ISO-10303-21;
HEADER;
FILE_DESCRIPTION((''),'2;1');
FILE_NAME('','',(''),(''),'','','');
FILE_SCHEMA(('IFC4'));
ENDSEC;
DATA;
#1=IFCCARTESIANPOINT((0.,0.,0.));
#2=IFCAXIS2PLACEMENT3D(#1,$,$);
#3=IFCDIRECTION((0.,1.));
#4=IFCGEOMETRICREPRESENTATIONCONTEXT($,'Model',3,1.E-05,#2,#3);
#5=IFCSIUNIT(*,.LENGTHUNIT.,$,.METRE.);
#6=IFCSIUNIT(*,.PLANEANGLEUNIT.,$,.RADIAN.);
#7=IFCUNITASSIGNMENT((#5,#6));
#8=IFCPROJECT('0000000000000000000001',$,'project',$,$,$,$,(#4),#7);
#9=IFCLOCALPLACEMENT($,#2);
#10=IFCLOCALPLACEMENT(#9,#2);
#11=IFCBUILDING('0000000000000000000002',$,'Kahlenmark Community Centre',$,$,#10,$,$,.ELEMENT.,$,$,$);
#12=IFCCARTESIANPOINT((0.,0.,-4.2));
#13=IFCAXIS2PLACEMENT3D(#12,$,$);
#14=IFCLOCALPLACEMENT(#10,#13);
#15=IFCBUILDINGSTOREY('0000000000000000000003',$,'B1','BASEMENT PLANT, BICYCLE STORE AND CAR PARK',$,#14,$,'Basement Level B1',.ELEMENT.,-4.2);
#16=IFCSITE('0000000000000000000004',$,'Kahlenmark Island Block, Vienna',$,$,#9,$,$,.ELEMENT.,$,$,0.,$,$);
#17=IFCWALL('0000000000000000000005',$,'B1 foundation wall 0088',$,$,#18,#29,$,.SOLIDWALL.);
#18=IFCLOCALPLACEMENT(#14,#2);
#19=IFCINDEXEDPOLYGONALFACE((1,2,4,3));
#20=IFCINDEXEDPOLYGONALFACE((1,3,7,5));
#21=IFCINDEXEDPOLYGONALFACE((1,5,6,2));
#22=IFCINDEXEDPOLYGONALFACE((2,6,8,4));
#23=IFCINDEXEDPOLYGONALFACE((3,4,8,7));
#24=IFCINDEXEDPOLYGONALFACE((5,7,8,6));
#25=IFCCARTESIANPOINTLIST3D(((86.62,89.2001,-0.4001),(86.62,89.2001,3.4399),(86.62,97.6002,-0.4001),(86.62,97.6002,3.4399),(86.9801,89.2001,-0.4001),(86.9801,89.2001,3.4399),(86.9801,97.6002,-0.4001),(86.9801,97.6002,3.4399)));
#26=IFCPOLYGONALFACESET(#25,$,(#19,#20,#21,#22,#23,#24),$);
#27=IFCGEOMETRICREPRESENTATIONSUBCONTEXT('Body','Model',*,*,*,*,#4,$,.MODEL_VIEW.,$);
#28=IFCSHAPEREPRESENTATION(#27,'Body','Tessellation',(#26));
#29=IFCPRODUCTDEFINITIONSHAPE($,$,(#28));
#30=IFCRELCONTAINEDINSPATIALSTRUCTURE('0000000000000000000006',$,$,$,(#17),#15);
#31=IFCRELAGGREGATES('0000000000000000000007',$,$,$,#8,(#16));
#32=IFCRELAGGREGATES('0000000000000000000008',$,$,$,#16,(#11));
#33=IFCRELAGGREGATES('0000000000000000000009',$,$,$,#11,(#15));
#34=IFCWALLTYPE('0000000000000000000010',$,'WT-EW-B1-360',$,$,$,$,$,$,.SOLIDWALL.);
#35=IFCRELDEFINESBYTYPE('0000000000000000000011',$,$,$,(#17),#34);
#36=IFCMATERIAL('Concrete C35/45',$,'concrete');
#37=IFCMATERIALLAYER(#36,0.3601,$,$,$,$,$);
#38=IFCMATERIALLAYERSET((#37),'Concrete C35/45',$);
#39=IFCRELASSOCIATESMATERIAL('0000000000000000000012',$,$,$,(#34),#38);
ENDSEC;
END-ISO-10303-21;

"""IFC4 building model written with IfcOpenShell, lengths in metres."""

from ifc_helpers import new_model, si_unit, direction, frame, frame_2d, origin, place, context, subcontext, project, spatial, rectangle, extrude, material, layer, layer_set, type_object, element, save


model = new_model("IFC4")

# Units and contexts
model_context = context("Model", 3, precision=1e-05, world=origin(), true_north=direction((0.0, 1.0)))
body_context = subcontext(model_context, "Body", "Model", "MODEL_VIEW")
ifc_project = project(units=[si_unit("LENGTHUNIT", "METRE"), si_unit("PLANEANGLEUNIT", "RADIAN")], contexts=[model_context])

# Site, building, storey
site_placement = place(None, origin())
site = spatial("IfcSite", under=ifc_project, at=site_placement, Name="Kahlenmark Island Block, Vienna", CompositionType="ELEMENT", RefElevation=0.0)
building_placement = place(site_placement, origin())
building = spatial("IfcBuilding", under=site, at=building_placement, Name="Kahlenmark Community Centre", CompositionType="ELEMENT")
storey_placement = place(building_placement, frame((0.0, 0.0, -4.2)))
storey = spatial("IfcBuildingStorey", under=building, at=storey_placement, Name="B1", Description="BASEMENT PLANT, BICYCLE STORE AND CAR PARK", LongName="Basement Level B1", CompositionType="ELEMENT", Elevation=-4.2)

# Shared definitions
ifc_material_1 = material(Name="Concrete C35/45", Category="concrete")

# Wall
ifc_layer = layer(ifc_material_1, 0.3601)
ifc_layer_set = layer_set([ifc_layer], Name="Concrete C35/45")
wall_type = type_object("IfcWallType", Name="WT-EW-B1-360", PredefinedType="SOLIDWALL", material=ifc_layer_set)
wall_1_placement = place(storey_placement, frame((86.8, 89.2, -0.4001), z_axis=(0.0, 0.0, 1.0), x_axis=(0.0, 1.0, 0.0)))
element("IfcWall", 1, at=wall_1_placement, inside=storey, type_object=wall_type, Name="B1 foundation wall 0088", PredefinedType="SOLIDWALL", context=body_context, shape_type="SweptSolid", body=[
    extrude(rectangle(XDim=8.4001, YDim=0.3601, at=frame_2d((4.2002, 0.0))), origin(), (0.0, 0.0, 1.0), 3.8401),
])

save(model, "model.ifc")
